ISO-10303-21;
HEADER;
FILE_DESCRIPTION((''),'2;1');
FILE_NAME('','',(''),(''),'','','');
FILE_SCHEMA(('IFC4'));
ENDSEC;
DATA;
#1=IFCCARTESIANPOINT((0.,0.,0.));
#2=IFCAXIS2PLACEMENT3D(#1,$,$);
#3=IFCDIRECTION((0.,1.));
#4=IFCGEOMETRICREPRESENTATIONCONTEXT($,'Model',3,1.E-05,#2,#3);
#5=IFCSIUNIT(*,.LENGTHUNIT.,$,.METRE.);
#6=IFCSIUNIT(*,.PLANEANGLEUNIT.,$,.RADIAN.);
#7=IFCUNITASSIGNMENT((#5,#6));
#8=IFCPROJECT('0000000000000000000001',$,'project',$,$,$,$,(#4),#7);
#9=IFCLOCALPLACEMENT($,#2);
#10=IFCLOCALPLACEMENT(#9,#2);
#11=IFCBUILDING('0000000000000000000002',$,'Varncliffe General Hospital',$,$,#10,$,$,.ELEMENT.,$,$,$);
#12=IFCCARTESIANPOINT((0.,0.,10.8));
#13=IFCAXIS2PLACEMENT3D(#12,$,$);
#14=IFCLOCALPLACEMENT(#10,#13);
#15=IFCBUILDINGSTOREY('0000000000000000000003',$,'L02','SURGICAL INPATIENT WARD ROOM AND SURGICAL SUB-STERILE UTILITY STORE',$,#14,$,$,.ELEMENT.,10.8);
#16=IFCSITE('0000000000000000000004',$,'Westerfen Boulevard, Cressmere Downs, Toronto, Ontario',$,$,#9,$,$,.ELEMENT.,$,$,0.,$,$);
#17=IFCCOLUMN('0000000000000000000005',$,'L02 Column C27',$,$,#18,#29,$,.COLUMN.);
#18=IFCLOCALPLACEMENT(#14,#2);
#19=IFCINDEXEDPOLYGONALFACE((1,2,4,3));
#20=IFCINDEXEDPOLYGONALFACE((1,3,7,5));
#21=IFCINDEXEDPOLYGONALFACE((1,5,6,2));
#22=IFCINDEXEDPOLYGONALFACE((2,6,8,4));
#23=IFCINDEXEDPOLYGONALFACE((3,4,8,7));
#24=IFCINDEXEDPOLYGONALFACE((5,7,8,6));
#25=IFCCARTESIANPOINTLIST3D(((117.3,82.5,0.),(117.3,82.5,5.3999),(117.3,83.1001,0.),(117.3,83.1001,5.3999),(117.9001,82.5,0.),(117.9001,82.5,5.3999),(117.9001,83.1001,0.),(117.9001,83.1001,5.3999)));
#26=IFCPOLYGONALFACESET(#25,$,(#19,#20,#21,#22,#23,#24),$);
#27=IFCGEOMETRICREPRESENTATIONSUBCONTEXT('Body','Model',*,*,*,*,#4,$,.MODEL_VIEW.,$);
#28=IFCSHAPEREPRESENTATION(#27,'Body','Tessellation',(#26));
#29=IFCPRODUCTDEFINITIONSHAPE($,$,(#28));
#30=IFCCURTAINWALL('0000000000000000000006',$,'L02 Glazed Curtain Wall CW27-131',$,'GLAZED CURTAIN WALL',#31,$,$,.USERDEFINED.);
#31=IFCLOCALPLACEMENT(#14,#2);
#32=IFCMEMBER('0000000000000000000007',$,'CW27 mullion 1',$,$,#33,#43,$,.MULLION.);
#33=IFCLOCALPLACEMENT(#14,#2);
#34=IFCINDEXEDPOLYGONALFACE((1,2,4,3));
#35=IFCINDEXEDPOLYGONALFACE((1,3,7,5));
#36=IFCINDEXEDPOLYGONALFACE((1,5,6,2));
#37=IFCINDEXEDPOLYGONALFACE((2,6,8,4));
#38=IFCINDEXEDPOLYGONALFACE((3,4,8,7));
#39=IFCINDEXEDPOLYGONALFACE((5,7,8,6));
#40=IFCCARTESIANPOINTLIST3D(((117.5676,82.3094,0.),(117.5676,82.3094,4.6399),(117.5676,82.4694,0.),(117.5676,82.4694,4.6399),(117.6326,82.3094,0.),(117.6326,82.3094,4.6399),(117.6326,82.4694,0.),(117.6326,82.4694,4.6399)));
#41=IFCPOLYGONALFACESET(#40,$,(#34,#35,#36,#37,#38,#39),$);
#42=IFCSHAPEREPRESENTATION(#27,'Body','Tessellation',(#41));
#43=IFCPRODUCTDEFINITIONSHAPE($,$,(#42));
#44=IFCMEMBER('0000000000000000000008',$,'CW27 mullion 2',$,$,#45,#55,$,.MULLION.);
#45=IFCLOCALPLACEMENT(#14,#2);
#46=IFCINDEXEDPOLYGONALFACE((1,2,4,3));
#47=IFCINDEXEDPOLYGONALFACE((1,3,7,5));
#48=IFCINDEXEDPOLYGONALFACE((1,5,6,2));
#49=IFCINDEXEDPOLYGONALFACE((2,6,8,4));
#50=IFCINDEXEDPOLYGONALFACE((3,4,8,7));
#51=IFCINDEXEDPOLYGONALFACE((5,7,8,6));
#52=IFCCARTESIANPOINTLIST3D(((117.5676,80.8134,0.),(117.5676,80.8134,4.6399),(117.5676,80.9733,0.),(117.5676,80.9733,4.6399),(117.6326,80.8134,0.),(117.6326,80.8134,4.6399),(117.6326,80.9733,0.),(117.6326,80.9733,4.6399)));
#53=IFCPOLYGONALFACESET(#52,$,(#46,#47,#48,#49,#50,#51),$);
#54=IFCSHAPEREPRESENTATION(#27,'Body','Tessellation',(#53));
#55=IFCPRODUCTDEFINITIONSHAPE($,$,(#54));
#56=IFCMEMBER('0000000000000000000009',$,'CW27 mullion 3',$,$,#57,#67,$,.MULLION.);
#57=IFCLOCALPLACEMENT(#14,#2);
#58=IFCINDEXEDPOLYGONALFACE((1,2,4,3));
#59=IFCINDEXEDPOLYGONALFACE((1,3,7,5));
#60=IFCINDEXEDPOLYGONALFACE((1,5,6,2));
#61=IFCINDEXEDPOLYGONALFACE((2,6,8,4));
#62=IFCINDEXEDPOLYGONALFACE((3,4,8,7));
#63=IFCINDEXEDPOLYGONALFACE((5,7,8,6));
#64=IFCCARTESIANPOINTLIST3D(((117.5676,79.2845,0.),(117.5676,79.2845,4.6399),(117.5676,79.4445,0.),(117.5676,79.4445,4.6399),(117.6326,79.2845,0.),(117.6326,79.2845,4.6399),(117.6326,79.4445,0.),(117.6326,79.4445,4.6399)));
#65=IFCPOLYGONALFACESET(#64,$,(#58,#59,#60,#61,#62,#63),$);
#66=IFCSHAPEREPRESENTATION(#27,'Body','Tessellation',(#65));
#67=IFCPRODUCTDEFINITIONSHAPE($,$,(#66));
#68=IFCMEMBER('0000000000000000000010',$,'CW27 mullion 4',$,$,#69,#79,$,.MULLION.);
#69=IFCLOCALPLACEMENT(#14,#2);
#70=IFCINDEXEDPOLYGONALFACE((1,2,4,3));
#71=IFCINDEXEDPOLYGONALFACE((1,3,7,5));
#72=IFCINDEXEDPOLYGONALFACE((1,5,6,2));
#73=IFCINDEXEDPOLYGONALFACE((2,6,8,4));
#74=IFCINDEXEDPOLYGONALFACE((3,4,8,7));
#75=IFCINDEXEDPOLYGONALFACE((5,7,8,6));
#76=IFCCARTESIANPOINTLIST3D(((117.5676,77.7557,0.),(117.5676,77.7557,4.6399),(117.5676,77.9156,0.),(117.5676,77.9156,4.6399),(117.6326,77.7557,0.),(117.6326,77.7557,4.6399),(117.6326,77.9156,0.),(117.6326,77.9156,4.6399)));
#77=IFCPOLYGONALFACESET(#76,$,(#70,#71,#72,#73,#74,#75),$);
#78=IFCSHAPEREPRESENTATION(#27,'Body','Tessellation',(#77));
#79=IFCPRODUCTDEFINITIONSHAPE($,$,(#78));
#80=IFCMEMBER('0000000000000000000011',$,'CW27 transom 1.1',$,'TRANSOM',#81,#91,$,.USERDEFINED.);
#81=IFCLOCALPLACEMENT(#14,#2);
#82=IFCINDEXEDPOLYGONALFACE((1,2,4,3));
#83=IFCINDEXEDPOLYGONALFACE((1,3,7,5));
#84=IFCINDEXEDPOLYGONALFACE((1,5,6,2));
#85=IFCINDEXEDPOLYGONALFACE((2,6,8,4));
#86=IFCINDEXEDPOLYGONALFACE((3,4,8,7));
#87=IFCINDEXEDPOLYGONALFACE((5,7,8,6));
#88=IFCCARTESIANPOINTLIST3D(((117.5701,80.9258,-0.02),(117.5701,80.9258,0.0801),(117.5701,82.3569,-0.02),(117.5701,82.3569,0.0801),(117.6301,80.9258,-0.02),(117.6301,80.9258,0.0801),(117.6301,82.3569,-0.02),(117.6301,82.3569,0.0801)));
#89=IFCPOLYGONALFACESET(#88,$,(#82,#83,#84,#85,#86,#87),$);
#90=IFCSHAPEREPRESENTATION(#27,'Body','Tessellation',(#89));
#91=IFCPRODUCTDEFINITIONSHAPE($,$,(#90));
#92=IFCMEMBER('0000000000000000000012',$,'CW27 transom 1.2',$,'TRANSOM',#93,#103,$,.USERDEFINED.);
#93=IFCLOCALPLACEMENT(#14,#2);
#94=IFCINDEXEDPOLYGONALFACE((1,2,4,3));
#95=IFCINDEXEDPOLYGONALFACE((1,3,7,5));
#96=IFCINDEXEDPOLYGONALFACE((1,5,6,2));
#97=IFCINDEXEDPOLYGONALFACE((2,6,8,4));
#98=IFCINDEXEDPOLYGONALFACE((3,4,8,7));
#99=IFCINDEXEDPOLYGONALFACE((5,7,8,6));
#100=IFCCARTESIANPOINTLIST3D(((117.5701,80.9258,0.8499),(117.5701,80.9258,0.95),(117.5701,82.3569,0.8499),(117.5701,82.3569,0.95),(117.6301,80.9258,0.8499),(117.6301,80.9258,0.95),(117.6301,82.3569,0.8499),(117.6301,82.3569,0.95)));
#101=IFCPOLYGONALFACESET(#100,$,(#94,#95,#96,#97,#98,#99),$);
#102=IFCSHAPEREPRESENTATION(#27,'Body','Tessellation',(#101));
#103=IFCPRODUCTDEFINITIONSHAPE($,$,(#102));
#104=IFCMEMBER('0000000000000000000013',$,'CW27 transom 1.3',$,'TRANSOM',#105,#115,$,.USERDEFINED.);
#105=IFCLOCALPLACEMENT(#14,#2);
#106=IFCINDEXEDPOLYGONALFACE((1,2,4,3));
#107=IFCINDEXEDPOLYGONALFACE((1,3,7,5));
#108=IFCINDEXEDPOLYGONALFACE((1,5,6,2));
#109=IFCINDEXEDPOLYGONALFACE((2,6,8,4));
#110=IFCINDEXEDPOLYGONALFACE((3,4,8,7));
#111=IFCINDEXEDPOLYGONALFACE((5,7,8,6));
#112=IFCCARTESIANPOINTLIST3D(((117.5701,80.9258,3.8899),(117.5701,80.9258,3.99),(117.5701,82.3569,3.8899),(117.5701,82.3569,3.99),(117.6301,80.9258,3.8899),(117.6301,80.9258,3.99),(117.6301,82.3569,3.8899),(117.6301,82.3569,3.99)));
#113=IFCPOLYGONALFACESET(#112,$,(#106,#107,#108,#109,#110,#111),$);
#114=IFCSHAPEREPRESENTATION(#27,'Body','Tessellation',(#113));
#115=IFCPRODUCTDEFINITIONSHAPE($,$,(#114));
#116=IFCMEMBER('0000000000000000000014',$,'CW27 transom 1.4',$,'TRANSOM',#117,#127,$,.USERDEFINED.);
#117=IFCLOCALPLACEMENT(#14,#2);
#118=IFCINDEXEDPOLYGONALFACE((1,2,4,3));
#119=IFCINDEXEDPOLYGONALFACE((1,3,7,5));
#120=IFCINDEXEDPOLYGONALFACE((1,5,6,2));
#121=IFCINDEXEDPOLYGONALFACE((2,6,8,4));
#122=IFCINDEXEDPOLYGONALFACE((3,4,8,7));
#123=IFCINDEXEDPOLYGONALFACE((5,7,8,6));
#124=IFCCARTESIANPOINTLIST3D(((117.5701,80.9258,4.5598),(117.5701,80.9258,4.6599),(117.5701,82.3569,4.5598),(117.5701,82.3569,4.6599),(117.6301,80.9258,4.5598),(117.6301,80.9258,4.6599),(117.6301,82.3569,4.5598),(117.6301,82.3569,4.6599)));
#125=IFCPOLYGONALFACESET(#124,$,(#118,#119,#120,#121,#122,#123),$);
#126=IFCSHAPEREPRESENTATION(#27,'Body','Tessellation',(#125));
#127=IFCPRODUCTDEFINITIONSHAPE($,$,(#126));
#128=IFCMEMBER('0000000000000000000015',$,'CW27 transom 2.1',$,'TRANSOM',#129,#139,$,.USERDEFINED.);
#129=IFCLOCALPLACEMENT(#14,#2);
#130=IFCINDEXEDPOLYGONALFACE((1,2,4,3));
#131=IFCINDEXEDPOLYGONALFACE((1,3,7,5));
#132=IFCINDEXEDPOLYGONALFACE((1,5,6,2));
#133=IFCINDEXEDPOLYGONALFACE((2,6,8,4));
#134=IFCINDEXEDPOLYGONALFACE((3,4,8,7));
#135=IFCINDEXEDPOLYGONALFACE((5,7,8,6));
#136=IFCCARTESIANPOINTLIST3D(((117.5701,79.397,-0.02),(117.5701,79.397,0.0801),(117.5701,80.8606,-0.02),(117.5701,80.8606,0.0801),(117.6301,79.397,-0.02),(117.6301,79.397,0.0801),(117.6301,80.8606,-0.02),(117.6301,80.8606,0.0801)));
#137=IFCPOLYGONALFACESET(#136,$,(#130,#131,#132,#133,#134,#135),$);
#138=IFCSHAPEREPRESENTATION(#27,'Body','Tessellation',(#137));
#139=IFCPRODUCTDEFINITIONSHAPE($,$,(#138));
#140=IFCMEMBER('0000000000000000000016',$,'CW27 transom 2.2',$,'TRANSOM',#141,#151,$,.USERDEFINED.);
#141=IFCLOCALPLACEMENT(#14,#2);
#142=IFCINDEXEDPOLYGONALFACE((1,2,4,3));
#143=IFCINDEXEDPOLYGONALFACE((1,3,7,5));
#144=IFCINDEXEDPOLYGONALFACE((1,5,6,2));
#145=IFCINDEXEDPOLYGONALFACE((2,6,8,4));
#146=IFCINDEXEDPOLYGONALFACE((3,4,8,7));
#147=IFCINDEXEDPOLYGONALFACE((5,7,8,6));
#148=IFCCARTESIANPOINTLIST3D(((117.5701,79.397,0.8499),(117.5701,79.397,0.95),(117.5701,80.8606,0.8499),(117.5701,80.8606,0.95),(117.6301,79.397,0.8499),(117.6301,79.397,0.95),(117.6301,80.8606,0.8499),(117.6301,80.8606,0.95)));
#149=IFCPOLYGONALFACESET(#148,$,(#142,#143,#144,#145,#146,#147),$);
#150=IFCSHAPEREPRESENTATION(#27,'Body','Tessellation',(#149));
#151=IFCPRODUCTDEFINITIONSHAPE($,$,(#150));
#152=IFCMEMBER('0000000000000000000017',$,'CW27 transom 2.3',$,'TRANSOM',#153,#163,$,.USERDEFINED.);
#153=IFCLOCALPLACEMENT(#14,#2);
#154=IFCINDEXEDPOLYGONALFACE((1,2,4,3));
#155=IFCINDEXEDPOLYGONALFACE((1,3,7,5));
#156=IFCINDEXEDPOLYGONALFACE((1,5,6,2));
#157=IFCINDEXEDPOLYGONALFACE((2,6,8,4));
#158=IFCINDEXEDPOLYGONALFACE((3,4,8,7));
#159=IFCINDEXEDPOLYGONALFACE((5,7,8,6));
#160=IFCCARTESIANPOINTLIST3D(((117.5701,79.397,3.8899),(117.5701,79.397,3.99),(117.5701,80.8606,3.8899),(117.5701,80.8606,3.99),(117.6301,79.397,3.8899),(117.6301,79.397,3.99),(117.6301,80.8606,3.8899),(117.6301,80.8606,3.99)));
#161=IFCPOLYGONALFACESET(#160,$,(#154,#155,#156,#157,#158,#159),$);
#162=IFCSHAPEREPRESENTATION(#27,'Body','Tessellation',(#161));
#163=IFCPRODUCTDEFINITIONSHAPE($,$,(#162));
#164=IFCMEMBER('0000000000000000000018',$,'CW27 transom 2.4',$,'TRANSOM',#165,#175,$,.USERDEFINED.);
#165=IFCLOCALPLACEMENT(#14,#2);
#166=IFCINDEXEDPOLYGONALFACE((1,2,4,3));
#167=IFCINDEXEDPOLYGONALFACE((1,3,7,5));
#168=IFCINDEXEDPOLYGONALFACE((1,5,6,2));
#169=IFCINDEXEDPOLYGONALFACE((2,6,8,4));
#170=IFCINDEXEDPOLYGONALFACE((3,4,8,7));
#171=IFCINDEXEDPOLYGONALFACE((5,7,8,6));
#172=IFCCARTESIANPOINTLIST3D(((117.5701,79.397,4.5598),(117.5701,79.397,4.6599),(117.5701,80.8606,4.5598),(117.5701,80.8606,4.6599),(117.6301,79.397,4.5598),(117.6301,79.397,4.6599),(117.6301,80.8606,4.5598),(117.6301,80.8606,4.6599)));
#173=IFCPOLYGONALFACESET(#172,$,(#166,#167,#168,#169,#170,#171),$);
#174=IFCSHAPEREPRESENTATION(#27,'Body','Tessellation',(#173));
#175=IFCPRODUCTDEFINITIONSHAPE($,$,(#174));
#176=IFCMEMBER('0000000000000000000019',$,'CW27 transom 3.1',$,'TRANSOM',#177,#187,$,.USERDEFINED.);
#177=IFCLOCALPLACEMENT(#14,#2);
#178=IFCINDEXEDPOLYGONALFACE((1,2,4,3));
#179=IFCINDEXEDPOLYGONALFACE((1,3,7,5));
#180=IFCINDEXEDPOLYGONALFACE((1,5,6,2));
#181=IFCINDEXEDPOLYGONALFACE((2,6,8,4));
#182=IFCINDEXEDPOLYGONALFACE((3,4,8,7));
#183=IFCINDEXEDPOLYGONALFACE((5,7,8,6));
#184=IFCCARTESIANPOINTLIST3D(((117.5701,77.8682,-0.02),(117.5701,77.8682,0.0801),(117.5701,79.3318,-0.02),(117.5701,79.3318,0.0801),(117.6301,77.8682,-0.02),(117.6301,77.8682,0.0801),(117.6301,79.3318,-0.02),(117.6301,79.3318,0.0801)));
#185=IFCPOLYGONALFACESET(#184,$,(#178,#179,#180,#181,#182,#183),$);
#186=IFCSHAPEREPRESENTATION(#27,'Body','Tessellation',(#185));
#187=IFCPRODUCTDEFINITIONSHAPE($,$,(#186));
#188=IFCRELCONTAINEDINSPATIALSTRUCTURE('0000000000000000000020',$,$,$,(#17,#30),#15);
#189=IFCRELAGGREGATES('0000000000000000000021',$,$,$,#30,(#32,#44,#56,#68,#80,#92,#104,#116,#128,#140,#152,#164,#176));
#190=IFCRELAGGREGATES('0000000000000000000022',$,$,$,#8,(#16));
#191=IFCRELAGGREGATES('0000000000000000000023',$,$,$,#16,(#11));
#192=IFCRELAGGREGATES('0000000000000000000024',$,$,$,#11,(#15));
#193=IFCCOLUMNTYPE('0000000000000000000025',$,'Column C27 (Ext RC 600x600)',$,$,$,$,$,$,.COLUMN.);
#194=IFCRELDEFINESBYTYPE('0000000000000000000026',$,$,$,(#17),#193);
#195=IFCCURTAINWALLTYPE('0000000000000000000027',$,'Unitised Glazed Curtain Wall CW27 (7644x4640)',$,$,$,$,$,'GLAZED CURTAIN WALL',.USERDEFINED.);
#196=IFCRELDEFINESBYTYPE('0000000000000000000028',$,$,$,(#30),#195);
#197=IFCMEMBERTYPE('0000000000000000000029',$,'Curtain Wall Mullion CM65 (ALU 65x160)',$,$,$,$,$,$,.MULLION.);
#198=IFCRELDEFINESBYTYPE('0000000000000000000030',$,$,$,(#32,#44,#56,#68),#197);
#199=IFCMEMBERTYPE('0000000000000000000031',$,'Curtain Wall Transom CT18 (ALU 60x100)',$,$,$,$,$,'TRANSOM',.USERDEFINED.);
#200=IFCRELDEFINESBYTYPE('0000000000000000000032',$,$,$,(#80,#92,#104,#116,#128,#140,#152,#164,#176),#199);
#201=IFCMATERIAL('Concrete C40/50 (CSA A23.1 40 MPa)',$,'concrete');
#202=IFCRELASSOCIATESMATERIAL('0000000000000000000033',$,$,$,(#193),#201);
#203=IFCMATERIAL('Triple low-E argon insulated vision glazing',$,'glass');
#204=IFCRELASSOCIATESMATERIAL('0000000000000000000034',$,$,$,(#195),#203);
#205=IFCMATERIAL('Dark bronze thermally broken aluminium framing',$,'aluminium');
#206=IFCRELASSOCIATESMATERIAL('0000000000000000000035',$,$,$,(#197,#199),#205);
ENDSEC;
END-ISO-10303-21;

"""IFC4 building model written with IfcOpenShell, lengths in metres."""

from ifc_helpers import new_model, si_unit, direction, frame, origin, origin_2d, place, context, subcontext, project, spatial, rectangle, extrude, material, material_profile, profile_set, type_object, element, aggregate, save


model = new_model("IFC4")

# Units and contexts
model_context = context("Model", 3, precision=1e-05, world=origin(), true_north=direction((0.0, 1.0)))
body_context = subcontext(model_context, "Body", "Model", "MODEL_VIEW")
ifc_project = project(units=[si_unit("LENGTHUNIT", "METRE"), si_unit("PLANEANGLEUNIT", "RADIAN")], contexts=[model_context])

# Site, building, storey
site_placement = place(None, origin())
site = spatial("IfcSite", under=ifc_project, at=site_placement, Name="Westerfen Boulevard, Cressmere Downs, Toronto, Ontario", CompositionType="ELEMENT", RefElevation=0.0)
building_placement = place(site_placement, origin())
building = spatial("IfcBuilding", under=site, at=building_placement, Name="Varncliffe General Hospital", CompositionType="ELEMENT")
storey_placement = place(building_placement, frame((0.0, 0.0, 10.8)))
storey = spatial("IfcBuildingStorey", under=building, at=storey_placement, Name="L02", Description="SURGICAL INPATIENT WARD ROOM AND SURGICAL SUB-STERILE UTILITY STORE", CompositionType="ELEMENT", Elevation=10.8)

# Column
ifc_material_1 = material(Name="Concrete C40/50 (CSA A23.1 40 MPa)", Category="concrete")
ifc_material_profile_1 = material_profile(ifc_material_1, rectangle(XDim=0.6001, YDim=0.6001, at=origin_2d()), Name="RC 600x600")
ifc_profile_set_1 = profile_set([ifc_material_profile_1], Name="Concrete C40/50 (CSA A23.1 40 MPa)")
column_type = type_object("IfcColumnType", Name="Column C27 (Ext RC 600x600)", PredefinedType="COLUMN", material=ifc_profile_set_1)
column_placement = place(storey_placement, frame((117.6001, 82.8, 0.0), z_axis=(0.0, 0.0, 1.0), x_axis=(1.0, 0.0, 0.0)))
element("IfcColumn", 1, at=column_placement, inside=storey, type_object=column_type, Name="L02 Column C27", PredefinedType="COLUMN", context=body_context, shape_type="SweptSolid", body=[
    extrude(rectangle(XDim=0.6001, YDim=0.6001, at=origin_2d()), origin(), (0.0, 0.0, 1.0), 5.3999),
])

# Curtain wall, members
ifc_material_2 = material(Name="Triple low-E argon insulated vision glazing", Category="glass")
curtain_wall_type = type_object("IfcCurtainWallType", Name="Unitised Glazed Curtain Wall CW27 (7644x4640)", ElementType="GLAZED CURTAIN WALL", PredefinedType="USERDEFINED", material=ifc_material_2)
curtain_wall_placement = place(storey_placement, origin())
curtain_wall = element("IfcCurtainWall", 2, at=curtain_wall_placement, inside=storey, type_object=curtain_wall_type, Name="L02 Glazed Curtain Wall CW27-131", ObjectType="GLAZED CURTAIN WALL", PredefinedType="USERDEFINED")
ifc_material_3 = material(Name="Dark bronze thermally broken aluminium framing", Category="aluminium")
ifc_material_profile_2 = material_profile(ifc_material_3, rectangle(XDim=0.0649, YDim=0.1599, at=origin_2d()), Name="ALU 65x160")
ifc_profile_set_2 = profile_set([ifc_material_profile_2], Name="Dark bronze thermally broken aluminium framing")
member_type_1 = type_object("IfcMemberType", Name="Curtain Wall Mullion CM65 (ALU 65x160)", PredefinedType="MULLION", material=ifc_profile_set_2)
member_1_placement = place(storey_placement, frame((117.6001, 82.3894, 0.0), z_axis=(0.0, 0.0, 1.0), x_axis=(1.0, 0.0, 0.0)))
member_1 = element("IfcMember", 3, at=member_1_placement, type_object=member_type_1, Name="CW27 mullion 1", PredefinedType="MULLION", context=body_context, shape_type="SweptSolid", body=[
    extrude(rectangle(XDim=0.0649, YDim=0.1599, at=origin_2d()), origin(), (0.0, 0.0, 1.0), 4.6399),
])
member_2_placement = place(storey_placement, frame((117.6001, 80.8933, 0.0), z_axis=(0.0, 0.0, 1.0), x_axis=(1.0, 0.0, 0.0)))
member_2 = element("IfcMember", 4, at=member_2_placement, type_object=member_type_1, Name="CW27 mullion 2", PredefinedType="MULLION", context=body_context, shape_type="SweptSolid", body=[
    extrude(rectangle(XDim=0.0649, YDim=0.1599, at=origin_2d()), origin(), (0.0, 0.0, 1.0), 4.6399),
])
member_3_placement = place(storey_placement, frame((117.6001, 79.3645, 0.0), z_axis=(0.0, 0.0, 1.0), x_axis=(1.0, 0.0, 0.0)))
member_3 = element("IfcMember", 5, at=member_3_placement, type_object=member_type_1, Name="CW27 mullion 3", PredefinedType="MULLION", context=body_context, shape_type="SweptSolid", body=[
    extrude(rectangle(XDim=0.0649, YDim=0.1599, at=origin_2d()), origin(), (0.0, 0.0, 1.0), 4.6399),
])
member_4_placement = place(storey_placement, frame((117.6001, 77.8357, 0.0), z_axis=(0.0, 0.0, 1.0), x_axis=(1.0, 0.0, 0.0)))
member_4 = element("IfcMember", 6, at=member_4_placement, type_object=member_type_1, Name="CW27 mullion 4", PredefinedType="MULLION", context=body_context, shape_type="SweptSolid", body=[
    extrude(rectangle(XDim=0.0649, YDim=0.1599, at=origin_2d()), origin(), (0.0, 0.0, 1.0), 4.6399),
])
ifc_material_profile_3 = material_profile(ifc_material_3, rectangle(XDim=0.0601, YDim=0.1001, at=origin_2d()), Name="ALU 60x100")
ifc_profile_set_3 = profile_set([ifc_material_profile_3], Name="Dark bronze thermally broken aluminium framing")
member_type_2 = type_object("IfcMemberType", Name="Curtain Wall Transom CT18 (ALU 60x100)", ElementType="TRANSOM", PredefinedType="USERDEFINED", material=ifc_profile_set_3)
member_5_placement = place(storey_placement, frame((117.6001, 82.3569, 0.03), z_axis=(0.0, -1.0, 0.0), x_axis=(1.0, 0.0, 0.0)))
member_5 = element("IfcMember", 7, at=member_5_placement, type_object=member_type_2, Name="CW27 transom 1.1", ObjectType="TRANSOM", PredefinedType="USERDEFINED", context=body_context, shape_type="SweptSolid", body=[
    extrude(rectangle(XDim=0.0601, YDim=0.1001, at=origin_2d()), origin(), (0.0, 0.0, 1.0), 1.4312),
])
member_6_placement = place(storey_placement, frame((117.6001, 82.3569, 0.8999), z_axis=(0.0, -1.0, 0.0), x_axis=(1.0, 0.0, 0.0)))
member_6 = element("IfcMember", 8, at=member_6_placement, type_object=member_type_2, Name="CW27 transom 1.2", ObjectType="TRANSOM", PredefinedType="USERDEFINED", context=body_context, shape_type="SweptSolid", body=[
    extrude(rectangle(XDim=0.0601, YDim=0.1001, at=origin_2d()), origin(), (0.0, 0.0, 1.0), 1.4312),
])
member_7_placement = place(storey_placement, frame((117.6001, 82.3569, 3.9399), z_axis=(0.0, -1.0, 0.0), x_axis=(1.0, 0.0, 0.0)))
member_7 = element("IfcMember", 9, at=member_7_placement, type_object=member_type_2, Name="CW27 transom 1.3", ObjectType="TRANSOM", PredefinedType="USERDEFINED", context=body_context, shape_type="SweptSolid", body=[
    extrude(rectangle(XDim=0.0601, YDim=0.1001, at=origin_2d()), origin(), (0.0, 0.0, 1.0), 1.4312),
])
member_8_placement = place(storey_placement, frame((117.6001, 82.3569, 4.6099), z_axis=(0.0, -1.0, 0.0), x_axis=(1.0, 0.0, 0.0)))
member_8 = element("IfcMember", 10, at=member_8_placement, type_object=member_type_2, Name="CW27 transom 1.4", ObjectType="TRANSOM", PredefinedType="USERDEFINED", context=body_context, shape_type="SweptSolid", body=[
    extrude(rectangle(XDim=0.0601, YDim=0.1001, at=origin_2d()), origin(), (0.0, 0.0, 1.0), 1.4312),
])
member_9_placement = place(storey_placement, frame((117.6001, 80.8606, 0.03), z_axis=(0.0, -1.0, 0.0), x_axis=(1.0, 0.0, 0.0)))
member_9 = element("IfcMember", 11, at=member_9_placement, type_object=member_type_2, Name="CW27 transom 2.1", ObjectType="TRANSOM", PredefinedType="USERDEFINED", context=body_context, shape_type="SweptSolid", body=[
    extrude(rectangle(XDim=0.0601, YDim=0.1001, at=origin_2d()), origin(), (0.0, 0.0, 1.0), 1.4636),
])
member_10_placement = place(storey_placement, frame((117.6001, 80.8606, 0.8999), z_axis=(0.0, -1.0, 0.0), x_axis=(1.0, 0.0, 0.0)))
member_10 = element("IfcMember", 12, at=member_10_placement, type_object=member_type_2, Name="CW27 transom 2.2", ObjectType="TRANSOM", PredefinedType="USERDEFINED", context=body_context, shape_type="SweptSolid", body=[
    extrude(rectangle(XDim=0.0601, YDim=0.1001, at=origin_2d()), origin(), (0.0, 0.0, 1.0), 1.4636),
])
member_11_placement = place(storey_placement, frame((117.6001, 80.8606, 3.9399), z_axis=(0.0, -1.0, 0.0), x_axis=(1.0, 0.0, 0.0)))
member_11 = element("IfcMember", 13, at=member_11_placement, type_object=member_type_2, Name="CW27 transom 2.3", ObjectType="TRANSOM", PredefinedType="USERDEFINED", context=body_context, shape_type="SweptSolid", body=[
    extrude(rectangle(XDim=0.0601, YDim=0.1001, at=origin_2d()), origin(), (0.0, 0.0, 1.0), 1.4636),
])
member_12_placement = place(storey_placement, frame((117.6001, 80.8606, 4.6099), z_axis=(0.0, -1.0, 0.0), x_axis=(1.0, 0.0, 0.0)))
member_12 = element("IfcMember", 14, at=member_12_placement, type_object=member_type_2, Name="CW27 transom 2.4", ObjectType="TRANSOM", PredefinedType="USERDEFINED", context=body_context, shape_type="SweptSolid", body=[
    extrude(rectangle(XDim=0.0601, YDim=0.1001, at=origin_2d()), origin(), (0.0, 0.0, 1.0), 1.4636),
])
member_13_placement = place(storey_placement, frame((117.6001, 79.3318, 0.03), z_axis=(0.0, -1.0, 0.0), x_axis=(1.0, 0.0, 0.0)))
member_13 = element("IfcMember", 15, at=member_13_placement, type_object=member_type_2, Name="CW27 transom 3.1", ObjectType="TRANSOM", PredefinedType="USERDEFINED", context=body_context, shape_type="SweptSolid", body=[
    extrude(rectangle(XDim=0.0601, YDim=0.1001, at=origin_2d()), origin(), (0.0, 0.0, 1.0), 1.4636),
])
aggregate(curtain_wall, [member_1, member_2, member_3, member_4, member_5, member_6, member_7, member_8, member_9, member_10, member_11, member_12, member_13])

save(model, "model.ifc")
